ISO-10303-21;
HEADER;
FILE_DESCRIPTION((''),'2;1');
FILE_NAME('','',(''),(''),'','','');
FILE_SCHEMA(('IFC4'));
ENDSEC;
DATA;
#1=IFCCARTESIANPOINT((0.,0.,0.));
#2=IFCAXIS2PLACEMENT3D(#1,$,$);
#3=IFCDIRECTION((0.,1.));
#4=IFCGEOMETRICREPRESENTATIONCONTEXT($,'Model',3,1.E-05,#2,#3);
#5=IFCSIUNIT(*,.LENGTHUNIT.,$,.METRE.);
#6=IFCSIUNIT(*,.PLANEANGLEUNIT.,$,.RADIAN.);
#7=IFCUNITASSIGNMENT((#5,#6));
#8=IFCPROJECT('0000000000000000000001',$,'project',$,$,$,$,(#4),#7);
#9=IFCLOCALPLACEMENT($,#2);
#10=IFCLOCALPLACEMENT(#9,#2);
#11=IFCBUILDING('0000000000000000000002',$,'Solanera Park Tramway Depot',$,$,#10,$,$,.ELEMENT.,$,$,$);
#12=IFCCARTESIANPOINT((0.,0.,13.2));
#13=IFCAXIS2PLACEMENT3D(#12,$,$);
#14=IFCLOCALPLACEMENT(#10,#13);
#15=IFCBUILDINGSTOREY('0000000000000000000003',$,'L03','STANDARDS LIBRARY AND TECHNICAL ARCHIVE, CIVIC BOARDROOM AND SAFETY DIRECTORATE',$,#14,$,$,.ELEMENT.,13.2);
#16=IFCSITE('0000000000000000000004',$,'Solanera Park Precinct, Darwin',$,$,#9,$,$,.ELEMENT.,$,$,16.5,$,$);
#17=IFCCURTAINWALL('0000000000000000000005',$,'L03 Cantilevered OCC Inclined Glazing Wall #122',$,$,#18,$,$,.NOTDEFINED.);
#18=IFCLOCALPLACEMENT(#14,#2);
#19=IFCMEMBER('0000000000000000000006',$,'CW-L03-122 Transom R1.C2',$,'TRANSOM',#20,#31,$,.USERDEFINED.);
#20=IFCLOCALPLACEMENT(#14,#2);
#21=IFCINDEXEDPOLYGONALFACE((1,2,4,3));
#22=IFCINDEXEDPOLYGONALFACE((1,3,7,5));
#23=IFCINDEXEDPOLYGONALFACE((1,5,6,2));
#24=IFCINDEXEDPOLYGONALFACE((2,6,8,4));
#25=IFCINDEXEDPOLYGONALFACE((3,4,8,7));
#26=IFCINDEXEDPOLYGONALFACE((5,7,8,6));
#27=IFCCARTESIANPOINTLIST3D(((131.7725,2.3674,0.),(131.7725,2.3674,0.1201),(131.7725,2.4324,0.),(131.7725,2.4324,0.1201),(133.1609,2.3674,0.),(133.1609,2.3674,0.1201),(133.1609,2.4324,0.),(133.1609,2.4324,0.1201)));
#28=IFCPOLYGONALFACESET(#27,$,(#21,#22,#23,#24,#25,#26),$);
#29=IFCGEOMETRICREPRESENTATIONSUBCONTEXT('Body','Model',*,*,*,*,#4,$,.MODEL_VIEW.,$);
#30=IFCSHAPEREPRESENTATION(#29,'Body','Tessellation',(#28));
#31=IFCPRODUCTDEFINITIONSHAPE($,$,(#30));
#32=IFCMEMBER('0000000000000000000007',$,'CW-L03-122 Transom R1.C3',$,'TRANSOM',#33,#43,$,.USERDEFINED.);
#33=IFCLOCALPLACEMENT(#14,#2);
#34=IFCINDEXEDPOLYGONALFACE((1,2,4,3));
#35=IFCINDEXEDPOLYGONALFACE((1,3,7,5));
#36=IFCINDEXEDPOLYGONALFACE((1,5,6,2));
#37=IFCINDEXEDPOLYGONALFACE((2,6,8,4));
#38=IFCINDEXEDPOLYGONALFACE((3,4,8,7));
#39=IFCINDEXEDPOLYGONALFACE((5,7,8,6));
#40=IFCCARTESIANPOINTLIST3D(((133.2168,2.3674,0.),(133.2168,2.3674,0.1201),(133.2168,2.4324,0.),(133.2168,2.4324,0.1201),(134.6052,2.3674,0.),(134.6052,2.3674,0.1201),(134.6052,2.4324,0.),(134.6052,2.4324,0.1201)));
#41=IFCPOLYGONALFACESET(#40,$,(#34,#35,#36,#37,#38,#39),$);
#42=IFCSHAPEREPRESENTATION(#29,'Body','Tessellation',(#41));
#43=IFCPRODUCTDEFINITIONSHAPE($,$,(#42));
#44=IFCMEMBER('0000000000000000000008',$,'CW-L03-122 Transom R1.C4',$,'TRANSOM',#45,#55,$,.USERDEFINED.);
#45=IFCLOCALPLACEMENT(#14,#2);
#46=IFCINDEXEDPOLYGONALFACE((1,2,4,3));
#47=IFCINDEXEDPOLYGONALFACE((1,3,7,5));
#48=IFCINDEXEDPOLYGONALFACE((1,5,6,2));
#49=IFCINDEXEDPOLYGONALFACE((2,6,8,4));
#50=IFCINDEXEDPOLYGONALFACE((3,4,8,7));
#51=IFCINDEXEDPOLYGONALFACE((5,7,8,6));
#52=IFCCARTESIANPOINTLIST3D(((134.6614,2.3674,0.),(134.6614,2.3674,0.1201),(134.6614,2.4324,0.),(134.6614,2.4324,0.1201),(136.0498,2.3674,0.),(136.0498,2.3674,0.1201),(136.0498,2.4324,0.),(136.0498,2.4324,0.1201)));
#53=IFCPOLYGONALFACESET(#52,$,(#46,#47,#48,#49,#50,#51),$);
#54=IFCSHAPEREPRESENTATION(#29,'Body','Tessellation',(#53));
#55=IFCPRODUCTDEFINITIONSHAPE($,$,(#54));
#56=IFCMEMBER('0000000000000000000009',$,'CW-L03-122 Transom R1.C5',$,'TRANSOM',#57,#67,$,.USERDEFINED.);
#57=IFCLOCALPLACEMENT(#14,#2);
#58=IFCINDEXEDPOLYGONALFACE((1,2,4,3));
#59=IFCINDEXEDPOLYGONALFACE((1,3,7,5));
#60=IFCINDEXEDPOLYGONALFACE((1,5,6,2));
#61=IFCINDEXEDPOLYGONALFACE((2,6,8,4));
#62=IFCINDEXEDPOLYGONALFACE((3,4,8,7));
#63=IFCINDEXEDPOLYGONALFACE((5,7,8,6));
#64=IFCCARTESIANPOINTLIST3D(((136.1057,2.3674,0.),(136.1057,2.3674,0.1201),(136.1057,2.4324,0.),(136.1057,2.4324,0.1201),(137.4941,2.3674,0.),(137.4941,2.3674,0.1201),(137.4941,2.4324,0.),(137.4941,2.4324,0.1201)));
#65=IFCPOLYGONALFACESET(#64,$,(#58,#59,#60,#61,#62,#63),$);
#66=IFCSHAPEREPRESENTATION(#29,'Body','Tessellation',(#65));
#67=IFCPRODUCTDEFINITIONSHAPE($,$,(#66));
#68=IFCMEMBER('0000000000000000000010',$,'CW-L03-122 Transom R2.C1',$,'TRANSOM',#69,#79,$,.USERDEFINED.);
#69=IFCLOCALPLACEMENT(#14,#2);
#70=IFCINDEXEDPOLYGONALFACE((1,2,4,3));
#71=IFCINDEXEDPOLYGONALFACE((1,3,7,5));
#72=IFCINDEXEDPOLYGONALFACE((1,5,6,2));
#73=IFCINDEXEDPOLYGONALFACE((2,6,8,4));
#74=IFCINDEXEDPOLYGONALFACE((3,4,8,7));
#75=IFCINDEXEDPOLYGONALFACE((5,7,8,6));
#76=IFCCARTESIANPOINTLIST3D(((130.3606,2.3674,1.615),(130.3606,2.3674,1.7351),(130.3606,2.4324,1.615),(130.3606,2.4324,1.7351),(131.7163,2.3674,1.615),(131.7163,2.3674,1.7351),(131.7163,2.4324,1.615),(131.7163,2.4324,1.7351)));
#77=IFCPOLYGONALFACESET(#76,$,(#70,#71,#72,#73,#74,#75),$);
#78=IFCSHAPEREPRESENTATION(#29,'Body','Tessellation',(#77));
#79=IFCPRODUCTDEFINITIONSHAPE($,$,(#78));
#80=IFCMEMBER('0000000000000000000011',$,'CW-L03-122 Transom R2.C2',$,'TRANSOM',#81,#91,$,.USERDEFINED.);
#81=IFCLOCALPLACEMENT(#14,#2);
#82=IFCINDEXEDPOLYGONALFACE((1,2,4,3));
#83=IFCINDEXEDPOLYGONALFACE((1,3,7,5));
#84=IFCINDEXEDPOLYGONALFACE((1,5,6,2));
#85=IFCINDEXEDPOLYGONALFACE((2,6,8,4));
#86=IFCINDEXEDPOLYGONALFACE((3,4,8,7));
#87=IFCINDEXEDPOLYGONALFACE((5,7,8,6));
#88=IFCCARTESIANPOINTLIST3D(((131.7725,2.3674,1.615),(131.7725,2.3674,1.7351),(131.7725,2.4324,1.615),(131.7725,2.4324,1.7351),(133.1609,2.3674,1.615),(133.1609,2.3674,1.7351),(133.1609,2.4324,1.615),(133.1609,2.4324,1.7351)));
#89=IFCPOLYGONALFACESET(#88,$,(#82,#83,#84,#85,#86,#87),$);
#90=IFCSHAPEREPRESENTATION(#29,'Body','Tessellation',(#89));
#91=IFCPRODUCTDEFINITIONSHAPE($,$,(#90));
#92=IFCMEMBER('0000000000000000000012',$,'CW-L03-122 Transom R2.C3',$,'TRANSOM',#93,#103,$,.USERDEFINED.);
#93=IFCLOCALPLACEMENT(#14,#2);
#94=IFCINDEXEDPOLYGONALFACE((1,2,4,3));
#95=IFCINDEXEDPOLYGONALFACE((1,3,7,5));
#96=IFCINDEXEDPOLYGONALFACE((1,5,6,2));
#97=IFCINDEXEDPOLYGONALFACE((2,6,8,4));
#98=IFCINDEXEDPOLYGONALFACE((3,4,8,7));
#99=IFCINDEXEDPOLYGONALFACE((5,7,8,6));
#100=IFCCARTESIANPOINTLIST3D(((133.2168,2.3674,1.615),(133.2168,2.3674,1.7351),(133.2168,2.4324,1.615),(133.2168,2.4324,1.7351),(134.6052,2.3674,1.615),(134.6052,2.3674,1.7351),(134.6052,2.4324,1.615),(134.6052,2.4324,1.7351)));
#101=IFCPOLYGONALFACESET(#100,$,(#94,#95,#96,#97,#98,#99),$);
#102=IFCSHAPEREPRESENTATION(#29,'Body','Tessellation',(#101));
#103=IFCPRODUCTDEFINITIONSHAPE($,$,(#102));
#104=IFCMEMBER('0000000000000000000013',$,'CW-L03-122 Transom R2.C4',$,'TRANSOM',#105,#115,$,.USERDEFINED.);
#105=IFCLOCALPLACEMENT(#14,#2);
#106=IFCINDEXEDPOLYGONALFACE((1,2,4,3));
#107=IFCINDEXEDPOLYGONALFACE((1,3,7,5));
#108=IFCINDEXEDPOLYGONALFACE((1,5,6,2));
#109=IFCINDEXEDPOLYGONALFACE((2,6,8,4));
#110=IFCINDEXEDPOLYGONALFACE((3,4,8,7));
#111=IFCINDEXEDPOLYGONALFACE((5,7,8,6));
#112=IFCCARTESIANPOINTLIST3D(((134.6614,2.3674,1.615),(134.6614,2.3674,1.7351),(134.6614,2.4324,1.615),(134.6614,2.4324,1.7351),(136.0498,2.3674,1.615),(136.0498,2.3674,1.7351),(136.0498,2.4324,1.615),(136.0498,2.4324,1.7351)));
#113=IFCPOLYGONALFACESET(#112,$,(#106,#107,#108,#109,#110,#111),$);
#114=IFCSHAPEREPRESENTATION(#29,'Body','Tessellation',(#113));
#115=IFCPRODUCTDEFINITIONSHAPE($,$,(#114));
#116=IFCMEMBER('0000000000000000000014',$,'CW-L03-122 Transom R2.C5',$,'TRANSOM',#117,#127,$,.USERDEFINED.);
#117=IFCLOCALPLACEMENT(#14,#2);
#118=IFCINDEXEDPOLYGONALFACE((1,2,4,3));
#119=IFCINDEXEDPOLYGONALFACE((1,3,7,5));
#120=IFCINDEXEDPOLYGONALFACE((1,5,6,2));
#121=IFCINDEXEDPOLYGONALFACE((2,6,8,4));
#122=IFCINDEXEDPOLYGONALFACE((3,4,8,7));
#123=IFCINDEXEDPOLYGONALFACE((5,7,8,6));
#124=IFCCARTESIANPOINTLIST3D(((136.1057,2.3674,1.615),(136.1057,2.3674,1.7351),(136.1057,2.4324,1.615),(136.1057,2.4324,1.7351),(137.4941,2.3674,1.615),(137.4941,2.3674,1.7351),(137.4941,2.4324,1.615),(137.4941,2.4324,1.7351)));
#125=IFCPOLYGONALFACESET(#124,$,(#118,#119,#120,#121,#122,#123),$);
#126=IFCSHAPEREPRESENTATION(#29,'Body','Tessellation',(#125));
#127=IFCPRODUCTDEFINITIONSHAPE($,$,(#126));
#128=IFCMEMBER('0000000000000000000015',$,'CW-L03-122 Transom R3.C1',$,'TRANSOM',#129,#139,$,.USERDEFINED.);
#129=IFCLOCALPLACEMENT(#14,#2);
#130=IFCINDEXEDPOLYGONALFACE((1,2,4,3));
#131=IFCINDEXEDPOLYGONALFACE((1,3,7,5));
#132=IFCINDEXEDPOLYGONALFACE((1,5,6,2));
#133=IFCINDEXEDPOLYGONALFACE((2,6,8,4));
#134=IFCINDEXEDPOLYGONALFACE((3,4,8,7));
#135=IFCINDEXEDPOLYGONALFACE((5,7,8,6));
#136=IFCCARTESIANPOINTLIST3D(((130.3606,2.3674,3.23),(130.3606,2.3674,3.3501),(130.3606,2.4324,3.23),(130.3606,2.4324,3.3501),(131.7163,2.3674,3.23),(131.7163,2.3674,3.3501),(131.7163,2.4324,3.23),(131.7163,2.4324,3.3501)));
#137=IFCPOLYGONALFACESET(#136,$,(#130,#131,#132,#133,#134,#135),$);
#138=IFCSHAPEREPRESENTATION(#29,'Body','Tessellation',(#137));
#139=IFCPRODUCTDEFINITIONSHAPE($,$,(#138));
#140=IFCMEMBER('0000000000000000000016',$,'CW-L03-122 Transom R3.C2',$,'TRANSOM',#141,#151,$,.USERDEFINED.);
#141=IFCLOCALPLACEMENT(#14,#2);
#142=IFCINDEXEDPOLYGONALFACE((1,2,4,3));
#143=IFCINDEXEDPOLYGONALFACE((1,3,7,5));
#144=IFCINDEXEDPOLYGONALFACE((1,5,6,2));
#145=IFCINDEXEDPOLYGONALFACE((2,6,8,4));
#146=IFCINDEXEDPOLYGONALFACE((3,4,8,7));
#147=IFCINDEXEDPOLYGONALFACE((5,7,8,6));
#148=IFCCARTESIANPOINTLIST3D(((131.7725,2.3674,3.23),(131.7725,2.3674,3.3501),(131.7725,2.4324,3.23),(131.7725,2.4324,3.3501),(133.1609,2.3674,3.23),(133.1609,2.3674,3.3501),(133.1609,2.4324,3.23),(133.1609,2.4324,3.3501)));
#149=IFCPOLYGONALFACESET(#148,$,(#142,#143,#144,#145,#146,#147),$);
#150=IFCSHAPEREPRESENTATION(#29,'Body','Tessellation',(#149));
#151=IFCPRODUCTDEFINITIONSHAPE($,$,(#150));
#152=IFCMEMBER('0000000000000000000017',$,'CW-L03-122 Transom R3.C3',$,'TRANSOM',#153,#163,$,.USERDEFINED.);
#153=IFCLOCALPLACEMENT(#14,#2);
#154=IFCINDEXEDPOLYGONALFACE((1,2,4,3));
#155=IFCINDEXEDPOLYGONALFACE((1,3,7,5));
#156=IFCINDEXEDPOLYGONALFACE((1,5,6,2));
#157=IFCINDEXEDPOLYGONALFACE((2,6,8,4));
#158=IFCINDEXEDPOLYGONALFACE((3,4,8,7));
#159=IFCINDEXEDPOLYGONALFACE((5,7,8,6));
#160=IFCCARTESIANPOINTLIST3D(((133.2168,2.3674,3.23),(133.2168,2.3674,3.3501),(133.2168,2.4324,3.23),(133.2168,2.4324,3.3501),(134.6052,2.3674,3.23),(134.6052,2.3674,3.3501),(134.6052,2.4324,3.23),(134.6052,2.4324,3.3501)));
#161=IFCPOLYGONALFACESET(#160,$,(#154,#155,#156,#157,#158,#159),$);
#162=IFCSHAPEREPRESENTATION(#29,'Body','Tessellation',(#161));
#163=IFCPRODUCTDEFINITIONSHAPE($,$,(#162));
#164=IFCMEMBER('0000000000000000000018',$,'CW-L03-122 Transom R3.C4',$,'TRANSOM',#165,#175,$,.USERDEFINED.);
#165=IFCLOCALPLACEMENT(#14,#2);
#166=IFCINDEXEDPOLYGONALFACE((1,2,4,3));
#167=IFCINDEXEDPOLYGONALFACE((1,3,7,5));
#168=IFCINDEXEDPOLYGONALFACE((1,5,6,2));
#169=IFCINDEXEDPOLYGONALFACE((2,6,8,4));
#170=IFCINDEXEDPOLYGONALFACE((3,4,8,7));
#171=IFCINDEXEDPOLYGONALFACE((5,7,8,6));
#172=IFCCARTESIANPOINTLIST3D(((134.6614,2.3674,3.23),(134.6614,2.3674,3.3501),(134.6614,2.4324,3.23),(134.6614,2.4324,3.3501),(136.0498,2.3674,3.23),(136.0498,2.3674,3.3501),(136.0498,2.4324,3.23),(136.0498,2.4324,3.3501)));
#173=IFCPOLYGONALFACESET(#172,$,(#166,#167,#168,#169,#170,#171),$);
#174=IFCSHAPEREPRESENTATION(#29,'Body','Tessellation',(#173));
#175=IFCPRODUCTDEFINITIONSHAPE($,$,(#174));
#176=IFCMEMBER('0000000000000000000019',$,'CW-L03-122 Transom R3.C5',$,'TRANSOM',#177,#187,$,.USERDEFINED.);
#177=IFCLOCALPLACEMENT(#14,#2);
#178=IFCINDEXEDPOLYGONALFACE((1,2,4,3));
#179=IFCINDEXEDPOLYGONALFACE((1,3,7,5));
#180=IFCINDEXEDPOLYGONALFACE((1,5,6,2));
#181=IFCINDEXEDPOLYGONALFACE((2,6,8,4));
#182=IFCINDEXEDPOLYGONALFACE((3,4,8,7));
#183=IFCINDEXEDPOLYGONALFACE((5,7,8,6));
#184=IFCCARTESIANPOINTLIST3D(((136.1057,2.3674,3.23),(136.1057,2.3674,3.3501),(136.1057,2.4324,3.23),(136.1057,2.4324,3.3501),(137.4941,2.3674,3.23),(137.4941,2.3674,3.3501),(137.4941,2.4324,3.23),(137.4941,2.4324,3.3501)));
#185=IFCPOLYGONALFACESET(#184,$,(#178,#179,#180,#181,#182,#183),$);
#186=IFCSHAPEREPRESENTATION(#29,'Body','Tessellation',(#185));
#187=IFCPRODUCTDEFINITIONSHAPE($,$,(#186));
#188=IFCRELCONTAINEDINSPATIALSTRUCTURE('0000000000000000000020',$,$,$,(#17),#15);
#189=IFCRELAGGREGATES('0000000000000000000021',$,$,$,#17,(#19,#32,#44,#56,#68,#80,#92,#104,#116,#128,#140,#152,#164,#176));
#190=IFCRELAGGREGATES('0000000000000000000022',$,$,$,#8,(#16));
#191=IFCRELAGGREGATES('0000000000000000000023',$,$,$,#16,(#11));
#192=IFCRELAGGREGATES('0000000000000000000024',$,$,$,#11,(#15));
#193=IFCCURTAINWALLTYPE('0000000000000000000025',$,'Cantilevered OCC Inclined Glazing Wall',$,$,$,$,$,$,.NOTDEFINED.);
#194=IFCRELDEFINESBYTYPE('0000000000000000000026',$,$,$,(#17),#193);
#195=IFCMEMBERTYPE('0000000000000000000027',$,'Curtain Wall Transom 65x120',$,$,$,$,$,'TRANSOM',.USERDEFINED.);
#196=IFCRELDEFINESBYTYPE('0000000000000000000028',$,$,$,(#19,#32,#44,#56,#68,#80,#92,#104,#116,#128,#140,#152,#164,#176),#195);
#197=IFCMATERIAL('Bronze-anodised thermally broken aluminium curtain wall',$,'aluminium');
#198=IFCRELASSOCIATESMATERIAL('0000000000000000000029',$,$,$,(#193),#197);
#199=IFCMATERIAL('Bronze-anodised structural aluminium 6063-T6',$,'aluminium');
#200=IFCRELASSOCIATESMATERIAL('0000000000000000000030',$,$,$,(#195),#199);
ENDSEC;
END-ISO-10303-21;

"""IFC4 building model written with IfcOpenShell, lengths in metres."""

from ifc_helpers import new_model, si_unit, direction, frame, origin, origin_2d, place, context, subcontext, project, spatial, rectangle, extrude, material, material_profile, profile_set, type_object, element, aggregate, save


model = new_model("IFC4")

# Units and contexts
model_context = context("Model", 3, precision=1e-05, world=origin(), true_north=direction((0.0, 1.0)))
body_context = subcontext(model_context, "Body", "Model", "MODEL_VIEW")
ifc_project = project(units=[si_unit("LENGTHUNIT", "METRE"), si_unit("PLANEANGLEUNIT", "RADIAN")], contexts=[model_context])

# Site, building, storey
site_placement = place(None, origin())
site = spatial("IfcSite", under=ifc_project, at=site_placement, Name="Solanera Park Precinct, Darwin", CompositionType="ELEMENT", RefElevation=16.5)
building_placement = place(site_placement, origin())
building = spatial("IfcBuilding", under=site, at=building_placement, Name="Solanera Park Tramway Depot", CompositionType="ELEMENT")
storey_placement = place(building_placement, frame((0.0, 0.0, 13.2)))
storey = spatial("IfcBuildingStorey", under=building, at=storey_placement, Name="L03", Description="STANDARDS LIBRARY AND TECHNICAL ARCHIVE, CIVIC BOARDROOM AND SAFETY DIRECTORATE", CompositionType="ELEMENT", Elevation=13.2)

# Shared definitions
ifc_material_1 = material(Name="Bronze-anodised thermally broken aluminium curtain wall", Category="aluminium")
curtain_wall_type = type_object("IfcCurtainWallType", Name="Cantilevered OCC Inclined Glazing Wall", PredefinedType="NOTDEFINED", material=ifc_material_1)

# Curtain wall
curtain_wall_1_placement = place(storey_placement, origin())
curtain_wall_1 = element("IfcCurtainWall", 1, at=curtain_wall_1_placement, inside=storey, type_object=curtain_wall_type, Name="L03 Cantilevered OCC Inclined Glazing Wall #122", PredefinedType="NOTDEFINED")

# Members
ifc_material_2 = material(Name="Bronze-anodised structural aluminium 6063-T6", Category="aluminium")
ifc_material_profile_1 = material_profile(ifc_material_2, rectangle(XDim=0.0649, YDim=0.1201, at=origin_2d()), Name="Curtain Wall Transom 65x120")
ifc_profile_set_1 = profile_set([ifc_material_profile_1], Name="Bronze-anodised structural aluminium 6063-T6")
member_type_1 = type_object("IfcMemberType", Name="Curtain Wall Transom 65x120", ElementType="TRANSOM", PredefinedType="USERDEFINED", material=ifc_profile_set_1)
member_1_placement = place(storey_placement, frame((131.7725, 2.3999, 0.0601), z_axis=(1.0, 0.0, 0.0), x_axis=(0.0, 1.0, 0.0)))
member_1 = element("IfcMember", 2, at=member_1_placement, type_object=member_type_1, Name="CW-L03-122 Transom R1.C2", ObjectType="TRANSOM", PredefinedType="USERDEFINED", context=body_context, shape_type="SweptSolid", body=[
    extrude(rectangle(XDim=0.0649, YDim=0.1201, at=origin_2d()), origin(), (0.0, 0.0, 1.0), 1.3884),
])
member_2_placement = place(storey_placement, frame((133.2168, 2.3999, 0.0601), z_axis=(1.0, 0.0, 0.0), x_axis=(0.0, 1.0, 0.0)))
member_2 = element("IfcMember", 3, at=member_2_placement, type_object=member_type_1, Name="CW-L03-122 Transom R1.C3", ObjectType="TRANSOM", PredefinedType="USERDEFINED", context=body_context, shape_type="SweptSolid", body=[
    extrude(rectangle(XDim=0.0649, YDim=0.1201, at=origin_2d()), origin(), (0.0, 0.0, 1.0), 1.3884),
])
member_3_placement = place(storey_placement, frame((134.6614, 2.3999, 0.0601), z_axis=(1.0, 0.0, 0.0), x_axis=(0.0, 1.0, 0.0)))
member_3 = element("IfcMember", 4, at=member_3_placement, type_object=member_type_1, Name="CW-L03-122 Transom R1.C4", ObjectType="TRANSOM", PredefinedType="USERDEFINED", context=body_context, shape_type="SweptSolid", body=[
    extrude(rectangle(XDim=0.0649, YDim=0.1201, at=origin_2d()), origin(), (0.0, 0.0, 1.0), 1.3884),
])
member_4_placement = place(storey_placement, frame((136.1057, 2.3999, 0.0601), z_axis=(1.0, 0.0, 0.0), x_axis=(0.0, 1.0, 0.0)))
member_4 = element("IfcMember", 5, at=member_4_placement, type_object=member_type_1, Name="CW-L03-122 Transom R1.C5", ObjectType="TRANSOM", PredefinedType="USERDEFINED", context=body_context, shape_type="SweptSolid", body=[
    extrude(rectangle(XDim=0.0649, YDim=0.1201, at=origin_2d()), origin(), (0.0, 0.0, 1.0), 1.3884),
])
member_5_placement = place(storey_placement, frame((130.3606, 2.3999, 1.675), z_axis=(1.0, 0.0, 0.0), x_axis=(0.0, 1.0, 0.0)))
member_5 = element("IfcMember", 6, at=member_5_placement, type_object=member_type_1, Name="CW-L03-122 Transom R2.C1", ObjectType="TRANSOM", PredefinedType="USERDEFINED", context=body_context, shape_type="SweptSolid", body=[
    extrude(rectangle(XDim=0.0649, YDim=0.1201, at=origin_2d()), origin(), (0.0, 0.0, 1.0), 1.3557),
])
member_6_placement = place(storey_placement, frame((131.7725, 2.3999, 1.675), z_axis=(1.0, 0.0, 0.0), x_axis=(0.0, 1.0, 0.0)))
member_6 = element("IfcMember", 7, at=member_6_placement, type_object=member_type_1, Name="CW-L03-122 Transom R2.C2", ObjectType="TRANSOM", PredefinedType="USERDEFINED", context=body_context, shape_type="SweptSolid", body=[
    extrude(rectangle(XDim=0.0649, YDim=0.1201, at=origin_2d()), origin(), (0.0, 0.0, 1.0), 1.3884),
])
member_7_placement = place(storey_placement, frame((133.2168, 2.3999, 1.675), z_axis=(1.0, 0.0, 0.0), x_axis=(0.0, 1.0, 0.0)))
member_7 = element("IfcMember", 8, at=member_7_placement, type_object=member_type_1, Name="CW-L03-122 Transom R2.C3", ObjectType="TRANSOM", PredefinedType="USERDEFINED", context=body_context, shape_type="SweptSolid", body=[
    extrude(rectangle(XDim=0.0649, YDim=0.1201, at=origin_2d()), origin(), (0.0, 0.0, 1.0), 1.3884),
])
member_8_placement = place(storey_placement, frame((134.6614, 2.3999, 1.675), z_axis=(1.0, 0.0, 0.0), x_axis=(0.0, 1.0, 0.0)))
member_8 = element("IfcMember", 9, at=member_8_placement, type_object=member_type_1, Name="CW-L03-122 Transom R2.C4", ObjectType="TRANSOM", PredefinedType="USERDEFINED", context=body_context, shape_type="SweptSolid", body=[
    extrude(rectangle(XDim=0.0649, YDim=0.1201, at=origin_2d()), origin(), (0.0, 0.0, 1.0), 1.3884),
])
member_9_placement = place(storey_placement, frame((136.1057, 2.3999, 1.675), z_axis=(1.0, 0.0, 0.0), x_axis=(0.0, 1.0, 0.0)))
member_9 = element("IfcMember", 10, at=member_9_placement, type_object=member_type_1, Name="CW-L03-122 Transom R2.C5", ObjectType="TRANSOM", PredefinedType="USERDEFINED", context=body_context, shape_type="SweptSolid", body=[
    extrude(rectangle(XDim=0.0649, YDim=0.1201, at=origin_2d()), origin(), (0.0, 0.0, 1.0), 1.3884),
])
member_10_placement = place(storey_placement, frame((130.3606, 2.3999, 3.29), z_axis=(1.0, 0.0, 0.0), x_axis=(0.0, 1.0, 0.0)))
member_10 = element("IfcMember", 11, at=member_10_placement, type_object=member_type_1, Name="CW-L03-122 Transom R3.C1", ObjectType="TRANSOM", PredefinedType="USERDEFINED", context=body_context, shape_type="SweptSolid", body=[
    extrude(rectangle(XDim=0.0649, YDim=0.1201, at=origin_2d()), origin(), (0.0, 0.0, 1.0), 1.3557),
])
member_11_placement = place(storey_placement, frame((131.7725, 2.3999, 3.29), z_axis=(1.0, 0.0, 0.0), x_axis=(0.0, 1.0, 0.0)))
member_11 = element("IfcMember", 12, at=member_11_placement, type_object=member_type_1, Name="CW-L03-122 Transom R3.C2", ObjectType="TRANSOM", PredefinedType="USERDEFINED", context=body_context, shape_type="SweptSolid", body=[
    extrude(rectangle(XDim=0.0649, YDim=0.1201, at=origin_2d()), origin(), (0.0, 0.0, 1.0), 1.3884),
])
member_12_placement = place(storey_placement, frame((133.2168, 2.3999, 3.29), z_axis=(1.0, 0.0, 0.0), x_axis=(0.0, 1.0, 0.0)))
member_12 = element("IfcMember", 13, at=member_12_placement, type_object=member_type_1, Name="CW-L03-122 Transom R3.C3", ObjectType="TRANSOM", PredefinedType="USERDEFINED", context=body_context, shape_type="SweptSolid", body=[
    extrude(rectangle(XDim=0.0649, YDim=0.1201, at=origin_2d()), origin(), (0.0, 0.0, 1.0), 1.3884),
])
member_13_placement = place(storey_placement, frame((134.6614, 2.3999, 3.29), z_axis=(1.0, 0.0, 0.0), x_axis=(0.0, 1.0, 0.0)))
member_13 = element("IfcMember", 14, at=member_13_placement, type_object=member_type_1, Name="CW-L03-122 Transom R3.C4", ObjectType="TRANSOM", PredefinedType="USERDEFINED", context=body_context, shape_type="SweptSolid", body=[
    extrude(rectangle(XDim=0.0649, YDim=0.1201, at=origin_2d()), origin(), (0.0, 0.0, 1.0), 1.3884),
])
member_14_placement = place(storey_placement, frame((136.1057, 2.3999, 3.29), z_axis=(1.0, 0.0, 0.0), x_axis=(0.0, 1.0, 0.0)))
member_14 = element("IfcMember", 15, at=member_14_placement, type_object=member_type_1, Name="CW-L03-122 Transom R3.C5", ObjectType="TRANSOM", PredefinedType="USERDEFINED", context=body_context, shape_type="SweptSolid", body=[
    extrude(rectangle(XDim=0.0649, YDim=0.1201, at=origin_2d()), origin(), (0.0, 0.0, 1.0), 1.3884),
])

aggregate(curtain_wall_1, [member_1, member_2, member_3, member_4, member_5, member_6, member_7, member_8, member_9, member_10, member_11, member_12, member_13, member_14])

save(model, "model.ifc")
